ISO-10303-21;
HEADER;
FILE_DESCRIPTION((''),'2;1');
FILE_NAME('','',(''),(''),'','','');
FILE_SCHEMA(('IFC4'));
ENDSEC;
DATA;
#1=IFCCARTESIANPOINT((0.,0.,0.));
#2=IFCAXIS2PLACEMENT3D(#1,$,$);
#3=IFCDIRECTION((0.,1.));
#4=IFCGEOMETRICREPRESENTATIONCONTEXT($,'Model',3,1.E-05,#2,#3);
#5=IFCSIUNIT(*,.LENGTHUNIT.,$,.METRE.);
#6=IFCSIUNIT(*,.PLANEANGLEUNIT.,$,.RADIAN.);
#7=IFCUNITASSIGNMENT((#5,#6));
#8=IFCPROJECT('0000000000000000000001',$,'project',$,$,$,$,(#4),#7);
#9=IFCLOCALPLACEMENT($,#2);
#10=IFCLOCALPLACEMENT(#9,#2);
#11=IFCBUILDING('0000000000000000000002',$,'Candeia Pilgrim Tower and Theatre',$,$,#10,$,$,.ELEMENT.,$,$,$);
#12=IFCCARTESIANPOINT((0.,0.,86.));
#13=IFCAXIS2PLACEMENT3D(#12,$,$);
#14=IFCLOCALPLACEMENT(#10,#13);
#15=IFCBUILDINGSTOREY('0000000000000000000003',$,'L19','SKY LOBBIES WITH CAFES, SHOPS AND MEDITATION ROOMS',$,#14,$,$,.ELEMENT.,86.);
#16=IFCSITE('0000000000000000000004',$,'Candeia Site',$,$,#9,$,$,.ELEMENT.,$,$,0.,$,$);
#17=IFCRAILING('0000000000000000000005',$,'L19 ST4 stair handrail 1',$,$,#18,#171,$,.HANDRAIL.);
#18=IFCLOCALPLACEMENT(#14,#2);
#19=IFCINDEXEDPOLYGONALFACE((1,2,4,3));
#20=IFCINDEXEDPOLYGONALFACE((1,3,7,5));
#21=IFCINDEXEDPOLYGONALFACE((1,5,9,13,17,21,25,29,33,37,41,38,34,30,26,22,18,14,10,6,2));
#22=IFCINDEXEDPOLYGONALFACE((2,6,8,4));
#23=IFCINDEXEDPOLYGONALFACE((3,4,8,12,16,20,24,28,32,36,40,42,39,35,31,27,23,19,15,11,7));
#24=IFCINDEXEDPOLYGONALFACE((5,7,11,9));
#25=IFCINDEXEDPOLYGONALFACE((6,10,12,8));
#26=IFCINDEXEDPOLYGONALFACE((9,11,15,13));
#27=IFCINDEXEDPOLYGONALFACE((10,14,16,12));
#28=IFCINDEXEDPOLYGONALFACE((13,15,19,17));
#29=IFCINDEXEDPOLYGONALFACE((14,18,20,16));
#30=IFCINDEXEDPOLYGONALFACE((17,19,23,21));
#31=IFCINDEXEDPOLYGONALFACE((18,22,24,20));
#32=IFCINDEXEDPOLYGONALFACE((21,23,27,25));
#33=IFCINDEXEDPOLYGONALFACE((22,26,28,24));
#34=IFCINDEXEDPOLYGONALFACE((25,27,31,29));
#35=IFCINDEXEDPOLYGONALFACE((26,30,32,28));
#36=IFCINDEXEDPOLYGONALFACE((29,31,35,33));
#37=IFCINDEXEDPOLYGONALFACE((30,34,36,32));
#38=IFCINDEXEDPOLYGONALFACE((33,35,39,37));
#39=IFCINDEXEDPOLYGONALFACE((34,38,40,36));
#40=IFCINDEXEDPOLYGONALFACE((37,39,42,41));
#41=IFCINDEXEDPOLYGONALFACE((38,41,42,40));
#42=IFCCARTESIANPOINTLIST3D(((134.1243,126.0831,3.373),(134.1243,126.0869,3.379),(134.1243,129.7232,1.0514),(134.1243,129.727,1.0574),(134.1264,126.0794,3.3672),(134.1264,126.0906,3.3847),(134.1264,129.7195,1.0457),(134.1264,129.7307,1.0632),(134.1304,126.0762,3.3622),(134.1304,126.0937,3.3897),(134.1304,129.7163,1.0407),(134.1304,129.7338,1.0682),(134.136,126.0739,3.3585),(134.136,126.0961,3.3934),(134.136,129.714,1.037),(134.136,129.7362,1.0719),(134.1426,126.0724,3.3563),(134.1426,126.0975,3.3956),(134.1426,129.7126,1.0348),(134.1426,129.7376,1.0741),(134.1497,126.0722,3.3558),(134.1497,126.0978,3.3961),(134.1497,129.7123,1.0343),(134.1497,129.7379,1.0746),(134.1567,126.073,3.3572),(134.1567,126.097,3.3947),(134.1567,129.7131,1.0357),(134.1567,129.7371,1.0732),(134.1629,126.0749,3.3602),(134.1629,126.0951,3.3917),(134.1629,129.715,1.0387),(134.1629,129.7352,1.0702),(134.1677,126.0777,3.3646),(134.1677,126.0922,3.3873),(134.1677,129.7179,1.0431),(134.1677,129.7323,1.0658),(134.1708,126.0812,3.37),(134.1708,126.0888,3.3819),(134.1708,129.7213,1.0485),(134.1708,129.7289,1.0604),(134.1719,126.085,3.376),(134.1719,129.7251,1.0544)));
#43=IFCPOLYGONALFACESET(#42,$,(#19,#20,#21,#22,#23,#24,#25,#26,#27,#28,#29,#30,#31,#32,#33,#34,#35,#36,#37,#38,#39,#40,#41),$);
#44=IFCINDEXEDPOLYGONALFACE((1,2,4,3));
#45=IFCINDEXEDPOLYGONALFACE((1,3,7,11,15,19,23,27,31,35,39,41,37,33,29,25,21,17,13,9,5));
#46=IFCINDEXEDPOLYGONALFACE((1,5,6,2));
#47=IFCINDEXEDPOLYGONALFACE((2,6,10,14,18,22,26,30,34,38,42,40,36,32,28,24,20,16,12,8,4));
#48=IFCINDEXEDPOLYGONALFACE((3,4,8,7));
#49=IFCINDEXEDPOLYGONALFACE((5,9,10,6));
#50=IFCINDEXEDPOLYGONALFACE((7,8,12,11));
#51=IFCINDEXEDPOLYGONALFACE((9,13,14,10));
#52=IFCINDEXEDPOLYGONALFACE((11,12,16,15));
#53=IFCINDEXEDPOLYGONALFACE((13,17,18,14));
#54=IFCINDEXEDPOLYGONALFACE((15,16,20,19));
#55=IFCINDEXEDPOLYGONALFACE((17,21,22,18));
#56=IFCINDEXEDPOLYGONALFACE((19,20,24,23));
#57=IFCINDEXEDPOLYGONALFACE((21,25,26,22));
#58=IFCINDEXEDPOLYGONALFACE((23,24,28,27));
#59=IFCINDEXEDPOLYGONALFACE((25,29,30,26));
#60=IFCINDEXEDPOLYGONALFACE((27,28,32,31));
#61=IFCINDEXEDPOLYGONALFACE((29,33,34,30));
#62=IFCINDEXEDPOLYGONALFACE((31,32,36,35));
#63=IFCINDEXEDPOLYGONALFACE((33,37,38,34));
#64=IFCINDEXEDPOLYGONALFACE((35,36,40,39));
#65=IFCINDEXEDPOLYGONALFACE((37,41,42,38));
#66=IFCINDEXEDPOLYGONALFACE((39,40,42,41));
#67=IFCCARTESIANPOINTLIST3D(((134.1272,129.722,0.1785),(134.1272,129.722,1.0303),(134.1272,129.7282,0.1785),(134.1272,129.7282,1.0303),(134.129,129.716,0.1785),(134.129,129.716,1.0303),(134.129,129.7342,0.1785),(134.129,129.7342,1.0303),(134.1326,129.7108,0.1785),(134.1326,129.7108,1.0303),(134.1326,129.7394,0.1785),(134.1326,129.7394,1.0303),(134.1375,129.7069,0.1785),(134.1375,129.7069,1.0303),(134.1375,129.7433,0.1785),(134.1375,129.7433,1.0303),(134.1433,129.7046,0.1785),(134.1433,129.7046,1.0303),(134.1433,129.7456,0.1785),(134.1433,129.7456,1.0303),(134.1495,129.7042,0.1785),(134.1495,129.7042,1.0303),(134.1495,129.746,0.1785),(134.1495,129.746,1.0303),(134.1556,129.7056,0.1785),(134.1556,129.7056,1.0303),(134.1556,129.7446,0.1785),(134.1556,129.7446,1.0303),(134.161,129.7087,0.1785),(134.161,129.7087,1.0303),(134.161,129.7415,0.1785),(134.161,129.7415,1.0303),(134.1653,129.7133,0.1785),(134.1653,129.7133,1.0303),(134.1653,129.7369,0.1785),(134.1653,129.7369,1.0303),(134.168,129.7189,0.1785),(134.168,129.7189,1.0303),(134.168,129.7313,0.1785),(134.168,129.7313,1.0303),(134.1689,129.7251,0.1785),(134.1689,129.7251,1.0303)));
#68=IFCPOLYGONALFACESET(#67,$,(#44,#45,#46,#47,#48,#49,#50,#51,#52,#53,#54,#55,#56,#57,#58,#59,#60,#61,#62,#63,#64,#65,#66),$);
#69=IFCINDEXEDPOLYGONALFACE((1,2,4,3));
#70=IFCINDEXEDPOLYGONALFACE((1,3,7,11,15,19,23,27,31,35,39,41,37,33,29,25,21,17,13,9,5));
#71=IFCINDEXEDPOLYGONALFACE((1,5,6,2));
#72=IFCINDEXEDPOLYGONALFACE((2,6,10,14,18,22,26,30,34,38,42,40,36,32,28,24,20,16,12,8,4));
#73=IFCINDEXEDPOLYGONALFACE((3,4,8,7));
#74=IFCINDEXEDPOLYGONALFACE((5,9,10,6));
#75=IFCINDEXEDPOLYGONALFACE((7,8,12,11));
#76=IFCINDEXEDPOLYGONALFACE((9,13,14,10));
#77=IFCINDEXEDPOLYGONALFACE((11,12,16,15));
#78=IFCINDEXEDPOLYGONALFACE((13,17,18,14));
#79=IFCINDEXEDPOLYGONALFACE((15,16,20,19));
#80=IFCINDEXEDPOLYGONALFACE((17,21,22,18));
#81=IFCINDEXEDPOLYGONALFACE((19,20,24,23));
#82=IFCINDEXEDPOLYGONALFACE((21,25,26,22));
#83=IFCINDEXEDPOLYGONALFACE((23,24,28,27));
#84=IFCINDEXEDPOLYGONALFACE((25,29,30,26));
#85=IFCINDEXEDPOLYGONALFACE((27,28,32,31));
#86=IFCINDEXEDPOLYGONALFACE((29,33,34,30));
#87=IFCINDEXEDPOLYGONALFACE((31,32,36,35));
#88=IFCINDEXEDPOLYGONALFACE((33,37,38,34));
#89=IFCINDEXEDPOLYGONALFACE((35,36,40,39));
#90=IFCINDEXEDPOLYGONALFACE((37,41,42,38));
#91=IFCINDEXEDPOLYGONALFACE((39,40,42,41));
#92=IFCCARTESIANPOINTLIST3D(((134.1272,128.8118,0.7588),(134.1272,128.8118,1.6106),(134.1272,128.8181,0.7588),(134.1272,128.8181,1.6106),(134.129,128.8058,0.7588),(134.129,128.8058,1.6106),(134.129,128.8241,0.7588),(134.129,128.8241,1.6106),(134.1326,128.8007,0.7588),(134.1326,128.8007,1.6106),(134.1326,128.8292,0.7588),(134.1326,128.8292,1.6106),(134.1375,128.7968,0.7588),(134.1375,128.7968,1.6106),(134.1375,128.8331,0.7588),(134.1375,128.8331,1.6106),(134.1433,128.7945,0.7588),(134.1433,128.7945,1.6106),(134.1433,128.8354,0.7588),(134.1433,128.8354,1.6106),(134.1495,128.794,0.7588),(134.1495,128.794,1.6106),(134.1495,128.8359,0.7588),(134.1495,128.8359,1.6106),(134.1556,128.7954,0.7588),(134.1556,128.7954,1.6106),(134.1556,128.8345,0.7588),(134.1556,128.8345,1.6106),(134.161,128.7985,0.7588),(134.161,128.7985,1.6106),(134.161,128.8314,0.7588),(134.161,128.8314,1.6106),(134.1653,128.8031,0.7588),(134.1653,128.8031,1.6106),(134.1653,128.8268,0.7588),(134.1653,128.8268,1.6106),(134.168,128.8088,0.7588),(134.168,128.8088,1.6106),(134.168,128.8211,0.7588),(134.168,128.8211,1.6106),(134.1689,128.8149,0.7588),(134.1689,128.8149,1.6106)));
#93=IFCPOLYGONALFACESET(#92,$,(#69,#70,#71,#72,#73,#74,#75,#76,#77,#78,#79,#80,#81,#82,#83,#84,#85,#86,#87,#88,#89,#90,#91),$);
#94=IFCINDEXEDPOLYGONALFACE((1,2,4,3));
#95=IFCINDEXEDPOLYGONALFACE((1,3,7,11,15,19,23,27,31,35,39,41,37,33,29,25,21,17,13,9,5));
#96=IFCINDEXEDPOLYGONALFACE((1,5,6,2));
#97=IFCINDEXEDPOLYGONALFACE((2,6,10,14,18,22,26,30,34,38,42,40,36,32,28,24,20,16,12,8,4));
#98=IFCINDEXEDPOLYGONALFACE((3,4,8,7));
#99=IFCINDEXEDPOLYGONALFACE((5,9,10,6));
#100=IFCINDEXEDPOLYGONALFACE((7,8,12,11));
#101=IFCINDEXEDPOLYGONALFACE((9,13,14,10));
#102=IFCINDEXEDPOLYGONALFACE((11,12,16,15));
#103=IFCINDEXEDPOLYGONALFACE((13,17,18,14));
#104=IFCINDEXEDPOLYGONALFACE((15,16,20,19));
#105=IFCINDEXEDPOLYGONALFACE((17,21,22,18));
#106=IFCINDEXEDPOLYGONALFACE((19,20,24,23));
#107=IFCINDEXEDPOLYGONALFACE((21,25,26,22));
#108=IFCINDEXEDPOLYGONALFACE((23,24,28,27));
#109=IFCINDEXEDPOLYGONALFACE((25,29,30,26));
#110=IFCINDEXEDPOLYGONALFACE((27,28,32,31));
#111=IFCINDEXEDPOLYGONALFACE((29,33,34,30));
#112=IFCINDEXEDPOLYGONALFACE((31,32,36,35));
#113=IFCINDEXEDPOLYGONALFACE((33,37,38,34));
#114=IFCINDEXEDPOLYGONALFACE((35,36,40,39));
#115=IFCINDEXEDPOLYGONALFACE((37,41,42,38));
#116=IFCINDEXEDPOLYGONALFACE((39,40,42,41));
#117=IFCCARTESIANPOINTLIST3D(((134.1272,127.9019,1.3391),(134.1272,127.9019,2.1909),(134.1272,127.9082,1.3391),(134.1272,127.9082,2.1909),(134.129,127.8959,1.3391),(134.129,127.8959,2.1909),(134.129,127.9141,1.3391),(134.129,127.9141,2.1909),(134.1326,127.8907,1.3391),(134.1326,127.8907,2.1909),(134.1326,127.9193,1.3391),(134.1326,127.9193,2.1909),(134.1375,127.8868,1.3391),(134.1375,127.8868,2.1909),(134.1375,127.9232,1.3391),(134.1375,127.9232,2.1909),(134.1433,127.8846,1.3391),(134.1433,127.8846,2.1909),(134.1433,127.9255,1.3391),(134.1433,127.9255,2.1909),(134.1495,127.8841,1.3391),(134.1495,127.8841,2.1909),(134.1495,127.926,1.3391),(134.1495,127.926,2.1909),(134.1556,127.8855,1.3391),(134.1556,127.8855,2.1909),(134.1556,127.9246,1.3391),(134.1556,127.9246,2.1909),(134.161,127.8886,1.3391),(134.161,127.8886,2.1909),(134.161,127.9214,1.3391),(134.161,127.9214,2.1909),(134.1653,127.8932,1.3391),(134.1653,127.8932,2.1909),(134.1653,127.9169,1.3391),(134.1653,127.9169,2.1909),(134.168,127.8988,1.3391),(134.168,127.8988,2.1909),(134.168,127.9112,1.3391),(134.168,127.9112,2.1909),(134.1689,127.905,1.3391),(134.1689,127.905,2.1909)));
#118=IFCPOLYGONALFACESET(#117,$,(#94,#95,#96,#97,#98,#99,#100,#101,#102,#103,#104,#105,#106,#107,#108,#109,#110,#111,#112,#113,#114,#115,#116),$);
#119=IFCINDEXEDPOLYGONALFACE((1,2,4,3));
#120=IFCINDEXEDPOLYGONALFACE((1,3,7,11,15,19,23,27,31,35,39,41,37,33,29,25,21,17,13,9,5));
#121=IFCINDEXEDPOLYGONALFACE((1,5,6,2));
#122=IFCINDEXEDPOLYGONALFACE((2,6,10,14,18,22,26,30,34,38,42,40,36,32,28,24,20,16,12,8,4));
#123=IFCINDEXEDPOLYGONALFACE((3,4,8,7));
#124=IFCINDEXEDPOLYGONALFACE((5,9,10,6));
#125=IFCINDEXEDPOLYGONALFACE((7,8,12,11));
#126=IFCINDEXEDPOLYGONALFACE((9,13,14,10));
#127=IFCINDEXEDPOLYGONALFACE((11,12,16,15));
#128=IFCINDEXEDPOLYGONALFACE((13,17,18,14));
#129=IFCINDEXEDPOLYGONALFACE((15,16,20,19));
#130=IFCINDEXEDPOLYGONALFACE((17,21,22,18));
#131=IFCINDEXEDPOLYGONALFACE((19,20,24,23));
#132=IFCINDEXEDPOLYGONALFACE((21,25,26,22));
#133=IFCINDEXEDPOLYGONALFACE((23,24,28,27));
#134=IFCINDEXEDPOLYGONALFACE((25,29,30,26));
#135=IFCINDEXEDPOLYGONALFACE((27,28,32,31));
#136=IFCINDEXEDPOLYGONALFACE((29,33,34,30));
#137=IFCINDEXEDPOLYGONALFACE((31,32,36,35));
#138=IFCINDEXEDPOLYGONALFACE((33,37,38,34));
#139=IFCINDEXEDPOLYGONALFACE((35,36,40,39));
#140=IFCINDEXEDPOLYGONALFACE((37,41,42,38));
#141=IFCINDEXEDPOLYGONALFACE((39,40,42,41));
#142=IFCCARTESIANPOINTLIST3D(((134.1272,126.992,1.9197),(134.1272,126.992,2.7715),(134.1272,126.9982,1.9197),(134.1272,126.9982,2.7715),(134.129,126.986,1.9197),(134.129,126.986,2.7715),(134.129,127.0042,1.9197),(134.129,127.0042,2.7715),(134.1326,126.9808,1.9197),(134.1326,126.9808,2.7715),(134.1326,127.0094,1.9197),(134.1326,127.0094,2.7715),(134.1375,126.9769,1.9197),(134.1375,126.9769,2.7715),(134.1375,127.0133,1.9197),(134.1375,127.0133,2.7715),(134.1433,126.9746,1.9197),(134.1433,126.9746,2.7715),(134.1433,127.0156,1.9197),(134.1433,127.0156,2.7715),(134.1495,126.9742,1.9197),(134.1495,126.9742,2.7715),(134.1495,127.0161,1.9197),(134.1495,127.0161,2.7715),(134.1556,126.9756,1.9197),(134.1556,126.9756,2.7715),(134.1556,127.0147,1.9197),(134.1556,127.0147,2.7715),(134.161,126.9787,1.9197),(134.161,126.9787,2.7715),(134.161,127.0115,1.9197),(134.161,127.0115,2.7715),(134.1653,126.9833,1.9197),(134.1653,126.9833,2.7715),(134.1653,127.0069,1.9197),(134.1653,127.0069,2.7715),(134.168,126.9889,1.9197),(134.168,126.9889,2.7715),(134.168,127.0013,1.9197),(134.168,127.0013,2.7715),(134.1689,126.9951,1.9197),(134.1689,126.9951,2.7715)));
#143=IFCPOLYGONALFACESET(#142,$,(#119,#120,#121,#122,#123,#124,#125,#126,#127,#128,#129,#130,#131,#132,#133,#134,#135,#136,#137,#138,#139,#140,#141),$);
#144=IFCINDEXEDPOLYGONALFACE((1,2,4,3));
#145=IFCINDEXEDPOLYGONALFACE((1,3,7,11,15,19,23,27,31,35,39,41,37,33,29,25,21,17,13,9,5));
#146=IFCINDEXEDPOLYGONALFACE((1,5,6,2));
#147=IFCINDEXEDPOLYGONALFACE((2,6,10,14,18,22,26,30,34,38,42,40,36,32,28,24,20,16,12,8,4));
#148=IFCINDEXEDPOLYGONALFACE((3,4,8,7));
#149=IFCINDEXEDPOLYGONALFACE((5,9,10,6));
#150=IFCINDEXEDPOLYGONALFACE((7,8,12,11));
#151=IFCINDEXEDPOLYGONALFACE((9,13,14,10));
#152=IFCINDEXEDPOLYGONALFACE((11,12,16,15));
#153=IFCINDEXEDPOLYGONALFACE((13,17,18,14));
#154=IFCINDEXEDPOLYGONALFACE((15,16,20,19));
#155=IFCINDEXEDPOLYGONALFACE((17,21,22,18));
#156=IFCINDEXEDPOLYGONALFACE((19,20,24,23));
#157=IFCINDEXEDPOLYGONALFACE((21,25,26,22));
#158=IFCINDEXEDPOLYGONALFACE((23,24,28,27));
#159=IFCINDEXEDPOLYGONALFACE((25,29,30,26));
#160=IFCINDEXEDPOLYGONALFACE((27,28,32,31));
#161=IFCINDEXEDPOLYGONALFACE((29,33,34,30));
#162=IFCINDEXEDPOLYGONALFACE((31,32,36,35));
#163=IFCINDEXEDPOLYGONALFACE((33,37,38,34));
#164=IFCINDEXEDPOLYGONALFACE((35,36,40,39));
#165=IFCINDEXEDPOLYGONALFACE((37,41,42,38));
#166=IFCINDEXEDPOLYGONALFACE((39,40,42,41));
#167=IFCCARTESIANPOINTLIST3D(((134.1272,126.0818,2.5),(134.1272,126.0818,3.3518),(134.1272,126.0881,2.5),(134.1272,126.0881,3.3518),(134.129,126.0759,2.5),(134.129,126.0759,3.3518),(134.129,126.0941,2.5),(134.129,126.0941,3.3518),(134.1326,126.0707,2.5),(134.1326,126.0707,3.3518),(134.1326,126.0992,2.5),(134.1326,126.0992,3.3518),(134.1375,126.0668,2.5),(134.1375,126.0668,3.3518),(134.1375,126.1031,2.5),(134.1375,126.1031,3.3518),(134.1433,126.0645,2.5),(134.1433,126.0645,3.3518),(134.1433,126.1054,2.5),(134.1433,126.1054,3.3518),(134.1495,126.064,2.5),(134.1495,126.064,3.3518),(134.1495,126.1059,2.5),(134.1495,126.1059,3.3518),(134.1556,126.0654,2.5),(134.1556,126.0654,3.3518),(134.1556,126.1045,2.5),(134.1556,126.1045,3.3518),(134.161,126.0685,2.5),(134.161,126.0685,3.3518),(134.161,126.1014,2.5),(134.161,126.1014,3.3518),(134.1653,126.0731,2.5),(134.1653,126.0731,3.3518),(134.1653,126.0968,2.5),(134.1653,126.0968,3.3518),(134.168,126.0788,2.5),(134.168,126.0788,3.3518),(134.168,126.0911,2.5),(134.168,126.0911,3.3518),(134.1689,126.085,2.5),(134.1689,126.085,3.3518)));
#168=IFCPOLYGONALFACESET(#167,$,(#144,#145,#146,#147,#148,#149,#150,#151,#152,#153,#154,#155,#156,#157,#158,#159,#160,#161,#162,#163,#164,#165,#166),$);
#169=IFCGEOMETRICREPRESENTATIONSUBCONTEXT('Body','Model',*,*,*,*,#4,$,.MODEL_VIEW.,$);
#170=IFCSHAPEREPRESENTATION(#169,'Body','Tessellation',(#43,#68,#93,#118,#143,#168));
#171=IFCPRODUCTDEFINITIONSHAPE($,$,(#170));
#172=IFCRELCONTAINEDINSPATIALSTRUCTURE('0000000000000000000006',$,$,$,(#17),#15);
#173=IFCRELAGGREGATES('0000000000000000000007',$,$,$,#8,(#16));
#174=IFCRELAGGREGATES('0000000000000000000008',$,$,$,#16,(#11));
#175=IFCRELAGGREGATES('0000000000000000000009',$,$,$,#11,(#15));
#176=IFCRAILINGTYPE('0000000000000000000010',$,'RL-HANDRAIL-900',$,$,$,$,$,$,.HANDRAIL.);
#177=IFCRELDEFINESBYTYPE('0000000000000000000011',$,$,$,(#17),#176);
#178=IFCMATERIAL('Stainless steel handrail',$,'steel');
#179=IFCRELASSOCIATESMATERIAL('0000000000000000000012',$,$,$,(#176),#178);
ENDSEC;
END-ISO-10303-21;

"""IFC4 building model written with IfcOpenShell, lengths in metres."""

from ifc_helpers import new_model, si_unit, direction, frame, origin, origin_2d, place, context, subcontext, project, spatial, circle, extrude, material, type_object, element, save


model = new_model("IFC4")

# Units and contexts
model_context = context("Model", 3, precision=1e-05, world=origin(), true_north=direction((0.0, 1.0)))
body_context = subcontext(model_context, "Body", "Model", "MODEL_VIEW")
ifc_project = project(units=[si_unit("LENGTHUNIT", "METRE"), si_unit("PLANEANGLEUNIT", "RADIAN")], contexts=[model_context])

# Site, building, storey
site_placement = place(None, origin())
site = spatial("IfcSite", under=ifc_project, at=site_placement, Name="Candeia Site", CompositionType="ELEMENT", RefElevation=0.0)
building_placement = place(site_placement, origin())
building = spatial("IfcBuilding", under=site, at=building_placement, Name="Candeia Pilgrim Tower and Theatre", CompositionType="ELEMENT")
storey_placement = place(building_placement, frame((0.0, 0.0, 86.0)))
storey = spatial("IfcBuildingStorey", under=building, at=storey_placement, Name="L19", Description="SKY LOBBIES WITH CAFES, SHOPS AND MEDITATION ROOMS", CompositionType="ELEMENT", Elevation=86.0)

# Railing
ifc_material_1 = material(Name="Stainless steel handrail", Category="steel")
railing_type_1 = type_object("IfcRailingType", Name="RL-HANDRAIL-900", PredefinedType="HANDRAIL", material=ifc_material_1)
railing_1_placement = place(storey_placement, frame((134.1479, 129.7251, 0.1785)))
element("IfcRailing", 1, at=railing_1_placement, inside=storey, type_object=railing_type_1, Name="L19 ST4 stair handrail 1", PredefinedType="HANDRAIL", context=body_context, shape_type="SweptSolid", body=[
    extrude(circle(Radius=0.0239, at=origin_2d()), frame((0.0, 0.0, 0.876), z_axis=(0.0, -0.843128, 0.537713), x_axis=(1.0, 0.0, 0.0)), (0.0, 0.0, 1.0), 4.3174),
    extrude(circle(Radius=0.021, at=origin_2d()), origin(), (0.0, 0.0, 1.0), 0.8518),
    extrude(circle(Radius=0.021, at=origin_2d()), frame((0.0, -0.9102, 0.5803)), (0.0, 0.0, 1.0), 0.8518),
    extrude(circle(Radius=0.021, at=origin_2d()), frame((0.0, -1.8201, 1.1606)), (0.0, 0.0, 1.0), 0.8518),
    extrude(circle(Radius=0.021, at=origin_2d()), frame((0.0, -2.73, 1.7412)), (0.0, 0.0, 1.0), 0.8518),
    extrude(circle(Radius=0.021, at=origin_2d()), frame((0.0, -3.6401, 2.3215)), (0.0, 0.0, 1.0), 0.8518),
])

save(model, "model.ifc")
